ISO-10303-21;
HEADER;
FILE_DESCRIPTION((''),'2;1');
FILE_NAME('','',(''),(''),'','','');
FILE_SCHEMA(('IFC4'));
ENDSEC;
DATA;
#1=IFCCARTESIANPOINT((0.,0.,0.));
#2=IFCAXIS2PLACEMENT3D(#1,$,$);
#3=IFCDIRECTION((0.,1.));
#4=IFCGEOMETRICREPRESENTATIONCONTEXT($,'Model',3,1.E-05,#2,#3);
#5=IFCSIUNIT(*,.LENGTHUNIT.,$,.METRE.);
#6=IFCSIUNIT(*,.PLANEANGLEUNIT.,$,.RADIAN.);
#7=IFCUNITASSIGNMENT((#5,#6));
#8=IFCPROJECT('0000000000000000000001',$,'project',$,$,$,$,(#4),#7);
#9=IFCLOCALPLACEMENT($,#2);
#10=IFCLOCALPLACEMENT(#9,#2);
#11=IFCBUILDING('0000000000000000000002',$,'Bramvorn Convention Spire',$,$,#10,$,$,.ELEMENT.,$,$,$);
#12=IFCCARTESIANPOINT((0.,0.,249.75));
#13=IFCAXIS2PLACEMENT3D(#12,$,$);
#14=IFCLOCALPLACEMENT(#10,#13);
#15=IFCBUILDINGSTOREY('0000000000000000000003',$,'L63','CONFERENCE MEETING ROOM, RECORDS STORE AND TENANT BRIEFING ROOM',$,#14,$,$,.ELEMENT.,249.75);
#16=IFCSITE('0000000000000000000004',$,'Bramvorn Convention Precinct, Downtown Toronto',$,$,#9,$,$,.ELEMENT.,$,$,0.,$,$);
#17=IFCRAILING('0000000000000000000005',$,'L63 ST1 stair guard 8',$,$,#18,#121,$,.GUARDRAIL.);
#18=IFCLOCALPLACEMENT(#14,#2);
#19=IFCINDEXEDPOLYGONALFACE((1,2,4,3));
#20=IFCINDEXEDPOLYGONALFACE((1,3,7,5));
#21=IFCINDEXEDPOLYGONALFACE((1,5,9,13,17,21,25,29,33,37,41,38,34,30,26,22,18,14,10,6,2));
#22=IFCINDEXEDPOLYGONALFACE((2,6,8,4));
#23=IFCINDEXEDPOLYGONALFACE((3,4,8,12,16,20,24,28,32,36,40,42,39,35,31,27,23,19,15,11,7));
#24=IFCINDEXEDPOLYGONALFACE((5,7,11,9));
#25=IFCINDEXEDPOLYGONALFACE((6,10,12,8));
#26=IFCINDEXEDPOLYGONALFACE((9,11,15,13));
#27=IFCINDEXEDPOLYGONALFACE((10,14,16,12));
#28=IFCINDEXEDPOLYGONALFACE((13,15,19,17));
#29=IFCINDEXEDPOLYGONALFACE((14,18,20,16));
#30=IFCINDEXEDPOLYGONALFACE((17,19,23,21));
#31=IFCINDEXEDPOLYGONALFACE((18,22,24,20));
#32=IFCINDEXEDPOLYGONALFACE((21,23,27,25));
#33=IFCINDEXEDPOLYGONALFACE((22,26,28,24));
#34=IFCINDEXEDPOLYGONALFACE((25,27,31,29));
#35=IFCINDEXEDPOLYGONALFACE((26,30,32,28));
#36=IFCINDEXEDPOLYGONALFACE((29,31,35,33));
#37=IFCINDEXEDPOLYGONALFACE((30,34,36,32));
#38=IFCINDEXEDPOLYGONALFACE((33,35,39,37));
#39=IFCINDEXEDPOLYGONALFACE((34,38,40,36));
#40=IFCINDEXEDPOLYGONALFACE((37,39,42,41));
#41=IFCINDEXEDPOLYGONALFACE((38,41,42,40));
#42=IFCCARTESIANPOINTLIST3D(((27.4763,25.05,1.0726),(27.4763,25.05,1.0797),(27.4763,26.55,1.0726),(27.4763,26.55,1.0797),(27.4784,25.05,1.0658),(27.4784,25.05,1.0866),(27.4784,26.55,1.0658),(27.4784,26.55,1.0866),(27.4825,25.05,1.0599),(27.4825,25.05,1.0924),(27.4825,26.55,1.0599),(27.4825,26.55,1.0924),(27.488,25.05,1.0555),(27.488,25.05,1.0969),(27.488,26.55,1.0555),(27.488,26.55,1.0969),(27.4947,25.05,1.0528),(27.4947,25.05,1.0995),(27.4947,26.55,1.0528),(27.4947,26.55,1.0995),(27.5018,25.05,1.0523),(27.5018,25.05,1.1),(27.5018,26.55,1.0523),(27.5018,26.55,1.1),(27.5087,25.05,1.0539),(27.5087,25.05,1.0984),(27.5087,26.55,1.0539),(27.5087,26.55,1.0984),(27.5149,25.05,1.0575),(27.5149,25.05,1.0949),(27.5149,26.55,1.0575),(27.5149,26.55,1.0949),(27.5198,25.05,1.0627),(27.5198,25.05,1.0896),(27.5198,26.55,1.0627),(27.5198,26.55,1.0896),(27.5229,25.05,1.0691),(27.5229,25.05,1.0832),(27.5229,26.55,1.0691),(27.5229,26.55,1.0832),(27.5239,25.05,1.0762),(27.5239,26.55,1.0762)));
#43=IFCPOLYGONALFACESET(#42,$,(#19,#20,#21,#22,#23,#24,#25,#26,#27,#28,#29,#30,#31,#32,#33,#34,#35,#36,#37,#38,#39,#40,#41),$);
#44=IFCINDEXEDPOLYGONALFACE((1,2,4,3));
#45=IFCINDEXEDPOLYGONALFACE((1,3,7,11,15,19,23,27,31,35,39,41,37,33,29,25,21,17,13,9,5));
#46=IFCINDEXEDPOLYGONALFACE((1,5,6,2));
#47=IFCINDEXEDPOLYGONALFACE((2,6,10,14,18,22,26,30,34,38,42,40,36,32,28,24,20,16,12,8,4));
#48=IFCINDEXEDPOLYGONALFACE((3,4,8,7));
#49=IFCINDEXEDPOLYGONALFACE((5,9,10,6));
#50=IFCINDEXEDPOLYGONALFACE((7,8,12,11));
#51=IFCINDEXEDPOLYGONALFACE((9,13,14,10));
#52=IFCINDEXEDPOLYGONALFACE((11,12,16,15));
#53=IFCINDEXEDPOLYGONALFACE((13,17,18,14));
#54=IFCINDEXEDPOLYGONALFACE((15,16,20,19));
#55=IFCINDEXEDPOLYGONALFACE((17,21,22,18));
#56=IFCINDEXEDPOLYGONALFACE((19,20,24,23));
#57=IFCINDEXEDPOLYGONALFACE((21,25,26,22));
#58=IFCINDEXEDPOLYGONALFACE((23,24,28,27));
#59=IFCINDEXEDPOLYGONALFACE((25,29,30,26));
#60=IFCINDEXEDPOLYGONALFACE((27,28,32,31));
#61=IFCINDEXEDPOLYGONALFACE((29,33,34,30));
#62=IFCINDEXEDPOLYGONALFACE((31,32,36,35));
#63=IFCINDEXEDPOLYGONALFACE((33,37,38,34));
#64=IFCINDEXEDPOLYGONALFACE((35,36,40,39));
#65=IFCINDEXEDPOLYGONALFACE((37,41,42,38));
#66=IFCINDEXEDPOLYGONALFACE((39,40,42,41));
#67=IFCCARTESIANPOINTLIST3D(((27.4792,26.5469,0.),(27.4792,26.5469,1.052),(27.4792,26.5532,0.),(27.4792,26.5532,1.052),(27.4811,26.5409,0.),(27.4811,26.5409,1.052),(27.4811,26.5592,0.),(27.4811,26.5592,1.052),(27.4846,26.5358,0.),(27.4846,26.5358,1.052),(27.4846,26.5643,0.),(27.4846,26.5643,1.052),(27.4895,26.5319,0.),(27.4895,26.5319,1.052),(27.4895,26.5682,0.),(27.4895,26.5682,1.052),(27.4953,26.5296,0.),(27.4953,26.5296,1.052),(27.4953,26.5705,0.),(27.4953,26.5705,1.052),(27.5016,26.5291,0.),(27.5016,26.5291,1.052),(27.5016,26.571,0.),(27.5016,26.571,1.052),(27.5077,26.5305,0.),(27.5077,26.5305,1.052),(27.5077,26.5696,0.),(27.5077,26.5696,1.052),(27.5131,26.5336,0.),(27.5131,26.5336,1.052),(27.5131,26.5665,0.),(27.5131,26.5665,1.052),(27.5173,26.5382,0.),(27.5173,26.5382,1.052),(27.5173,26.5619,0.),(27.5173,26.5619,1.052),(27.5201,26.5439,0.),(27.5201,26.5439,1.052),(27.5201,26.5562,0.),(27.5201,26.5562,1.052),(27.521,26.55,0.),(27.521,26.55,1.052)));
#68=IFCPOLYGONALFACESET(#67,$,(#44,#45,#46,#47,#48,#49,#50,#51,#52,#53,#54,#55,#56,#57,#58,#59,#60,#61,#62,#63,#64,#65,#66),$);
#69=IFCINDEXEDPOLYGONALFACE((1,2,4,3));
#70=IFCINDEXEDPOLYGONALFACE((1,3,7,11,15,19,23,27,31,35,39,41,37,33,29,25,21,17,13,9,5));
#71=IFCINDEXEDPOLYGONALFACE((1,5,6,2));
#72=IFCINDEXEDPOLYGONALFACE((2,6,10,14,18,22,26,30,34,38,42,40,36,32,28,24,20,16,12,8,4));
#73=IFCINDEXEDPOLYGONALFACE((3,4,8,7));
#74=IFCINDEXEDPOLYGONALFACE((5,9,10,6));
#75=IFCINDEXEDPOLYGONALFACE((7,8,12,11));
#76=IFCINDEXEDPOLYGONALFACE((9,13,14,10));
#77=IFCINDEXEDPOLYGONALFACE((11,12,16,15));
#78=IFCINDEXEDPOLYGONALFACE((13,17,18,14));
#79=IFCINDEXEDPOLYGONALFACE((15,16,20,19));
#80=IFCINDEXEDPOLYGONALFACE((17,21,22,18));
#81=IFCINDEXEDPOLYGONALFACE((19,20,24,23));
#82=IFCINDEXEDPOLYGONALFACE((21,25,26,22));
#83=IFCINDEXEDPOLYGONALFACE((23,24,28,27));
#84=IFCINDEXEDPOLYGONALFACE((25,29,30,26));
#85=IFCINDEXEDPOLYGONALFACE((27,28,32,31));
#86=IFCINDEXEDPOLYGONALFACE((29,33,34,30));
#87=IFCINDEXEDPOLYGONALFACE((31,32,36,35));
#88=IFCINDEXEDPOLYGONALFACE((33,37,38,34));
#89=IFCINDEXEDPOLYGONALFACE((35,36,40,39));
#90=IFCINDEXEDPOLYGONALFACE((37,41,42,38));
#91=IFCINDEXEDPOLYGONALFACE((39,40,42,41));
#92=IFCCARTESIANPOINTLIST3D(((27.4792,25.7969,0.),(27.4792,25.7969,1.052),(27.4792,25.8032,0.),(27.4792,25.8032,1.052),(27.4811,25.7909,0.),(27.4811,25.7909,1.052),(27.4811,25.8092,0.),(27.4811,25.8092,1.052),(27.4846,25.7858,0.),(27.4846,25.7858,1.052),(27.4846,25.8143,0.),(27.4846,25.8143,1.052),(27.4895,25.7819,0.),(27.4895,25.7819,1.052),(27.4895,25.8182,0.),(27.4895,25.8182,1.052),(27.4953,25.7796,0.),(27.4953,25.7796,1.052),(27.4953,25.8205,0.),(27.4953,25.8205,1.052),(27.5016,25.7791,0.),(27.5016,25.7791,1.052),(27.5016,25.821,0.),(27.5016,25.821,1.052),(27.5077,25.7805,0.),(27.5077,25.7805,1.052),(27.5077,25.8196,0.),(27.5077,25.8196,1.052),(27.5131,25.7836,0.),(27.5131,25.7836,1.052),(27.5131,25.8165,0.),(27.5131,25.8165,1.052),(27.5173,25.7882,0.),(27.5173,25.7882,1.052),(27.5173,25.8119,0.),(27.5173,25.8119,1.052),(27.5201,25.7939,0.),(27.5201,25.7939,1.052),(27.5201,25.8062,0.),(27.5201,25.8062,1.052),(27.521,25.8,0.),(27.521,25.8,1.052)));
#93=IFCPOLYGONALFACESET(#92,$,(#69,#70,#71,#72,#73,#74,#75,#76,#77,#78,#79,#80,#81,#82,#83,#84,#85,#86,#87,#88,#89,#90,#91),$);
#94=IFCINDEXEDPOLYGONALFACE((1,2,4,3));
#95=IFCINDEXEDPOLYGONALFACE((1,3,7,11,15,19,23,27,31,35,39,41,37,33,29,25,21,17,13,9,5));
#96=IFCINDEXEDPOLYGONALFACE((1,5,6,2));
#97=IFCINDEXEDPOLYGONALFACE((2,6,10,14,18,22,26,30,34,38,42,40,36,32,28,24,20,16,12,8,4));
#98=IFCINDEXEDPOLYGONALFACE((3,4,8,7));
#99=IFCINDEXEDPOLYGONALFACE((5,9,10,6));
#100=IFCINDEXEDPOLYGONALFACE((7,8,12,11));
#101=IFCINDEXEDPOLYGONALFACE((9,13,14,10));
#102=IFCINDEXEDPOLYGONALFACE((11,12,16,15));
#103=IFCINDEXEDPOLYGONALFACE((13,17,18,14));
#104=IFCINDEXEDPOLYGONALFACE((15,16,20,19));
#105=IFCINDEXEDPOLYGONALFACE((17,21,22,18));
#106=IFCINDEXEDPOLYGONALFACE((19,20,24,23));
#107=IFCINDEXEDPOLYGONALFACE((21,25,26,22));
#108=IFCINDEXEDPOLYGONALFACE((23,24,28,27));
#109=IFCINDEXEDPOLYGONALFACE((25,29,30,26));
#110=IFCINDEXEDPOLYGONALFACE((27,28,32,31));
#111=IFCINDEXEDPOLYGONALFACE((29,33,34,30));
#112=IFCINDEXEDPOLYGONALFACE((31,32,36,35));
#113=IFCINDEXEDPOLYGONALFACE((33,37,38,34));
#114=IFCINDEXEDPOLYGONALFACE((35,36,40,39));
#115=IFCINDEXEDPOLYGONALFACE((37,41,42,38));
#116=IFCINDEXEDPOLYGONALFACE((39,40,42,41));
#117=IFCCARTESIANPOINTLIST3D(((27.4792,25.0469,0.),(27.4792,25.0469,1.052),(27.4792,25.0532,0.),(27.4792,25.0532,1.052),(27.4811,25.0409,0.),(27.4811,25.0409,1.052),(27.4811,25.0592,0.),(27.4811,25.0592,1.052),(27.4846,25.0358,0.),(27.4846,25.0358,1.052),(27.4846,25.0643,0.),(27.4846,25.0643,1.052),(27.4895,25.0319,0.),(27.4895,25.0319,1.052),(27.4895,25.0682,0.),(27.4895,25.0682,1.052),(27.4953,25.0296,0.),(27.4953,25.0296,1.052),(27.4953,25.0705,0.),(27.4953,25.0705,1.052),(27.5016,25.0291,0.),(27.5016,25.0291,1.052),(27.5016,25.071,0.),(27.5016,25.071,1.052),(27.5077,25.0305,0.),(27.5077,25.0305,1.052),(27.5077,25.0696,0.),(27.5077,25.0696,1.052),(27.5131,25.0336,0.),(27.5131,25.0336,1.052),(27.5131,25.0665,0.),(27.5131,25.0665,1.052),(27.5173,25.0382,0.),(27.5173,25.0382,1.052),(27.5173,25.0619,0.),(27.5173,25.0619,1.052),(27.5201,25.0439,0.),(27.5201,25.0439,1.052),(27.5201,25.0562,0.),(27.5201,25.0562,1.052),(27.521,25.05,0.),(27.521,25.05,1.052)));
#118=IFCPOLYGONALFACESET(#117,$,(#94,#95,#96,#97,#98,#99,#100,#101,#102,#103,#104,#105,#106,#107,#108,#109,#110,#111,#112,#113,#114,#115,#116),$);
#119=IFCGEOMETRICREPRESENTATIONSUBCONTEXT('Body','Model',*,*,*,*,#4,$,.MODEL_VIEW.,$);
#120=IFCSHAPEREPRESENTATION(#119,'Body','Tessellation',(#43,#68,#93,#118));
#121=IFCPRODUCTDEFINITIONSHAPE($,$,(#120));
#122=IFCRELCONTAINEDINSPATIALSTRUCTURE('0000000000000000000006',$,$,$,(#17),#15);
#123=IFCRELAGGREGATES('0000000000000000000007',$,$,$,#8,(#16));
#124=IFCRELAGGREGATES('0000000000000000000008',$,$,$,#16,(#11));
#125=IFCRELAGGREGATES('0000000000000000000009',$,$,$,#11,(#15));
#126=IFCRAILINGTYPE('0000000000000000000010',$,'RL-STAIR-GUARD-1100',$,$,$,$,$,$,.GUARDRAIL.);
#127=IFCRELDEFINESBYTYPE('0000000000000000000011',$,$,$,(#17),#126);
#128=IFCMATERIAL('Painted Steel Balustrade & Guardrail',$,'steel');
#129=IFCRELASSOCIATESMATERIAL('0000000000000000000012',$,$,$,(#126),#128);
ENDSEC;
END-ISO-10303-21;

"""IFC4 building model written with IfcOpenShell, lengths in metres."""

from ifc_helpers import new_model, si_unit, direction, frame, origin, origin_2d, place, context, subcontext, project, spatial, circle, extrude, material, type_object, element, save


model = new_model("IFC4")

# Units and contexts
model_context = context("Model", 3, precision=1e-05, world=origin(), true_north=direction((0.0, 1.0)))
body_context = subcontext(model_context, "Body", "Model", "MODEL_VIEW")
ifc_project = project(units=[si_unit("LENGTHUNIT", "METRE"), si_unit("PLANEANGLEUNIT", "RADIAN")], contexts=[model_context])

# Site, building, storey
site_placement = place(None, origin())
site = spatial("IfcSite", under=ifc_project, at=site_placement, Name="Bramvorn Convention Precinct, Downtown Toronto", CompositionType="ELEMENT", RefElevation=0.0)
building_placement = place(site_placement, origin())
building = spatial("IfcBuilding", under=site, at=building_placement, Name="Bramvorn Convention Spire", CompositionType="ELEMENT")
storey_placement = place(building_placement, frame((0.0, 0.0, 249.75)))
storey = spatial("IfcBuildingStorey", under=building, at=storey_placement, Name="L63", Description="CONFERENCE MEETING ROOM, RECORDS STORE AND TENANT BRIEFING ROOM", CompositionType="ELEMENT", Elevation=249.75)

# Railing
ifc_material_1 = material(Name="Painted Steel Balustrade & Guardrail", Category="steel")
railing_type_1 = type_object("IfcRailingType", Name="RL-STAIR-GUARD-1100", PredefinedType="GUARDRAIL", material=ifc_material_1)
railing_1_placement = place(storey_placement, frame((27.5, 26.55, 0.0)))
element("IfcRailing", 1, at=railing_1_placement, inside=storey, type_object=railing_type_1, Name="L63 ST1 stair guard 8", PredefinedType="GUARDRAIL", context=body_context, shape_type="SweptSolid", body=[
    extrude(circle(Radius=0.0239, at=origin_2d()), frame((0.0, 0.0, 1.0762), z_axis=(0.0, -1.0, 0.0), x_axis=(1.0, 0.0, 0.0)), (0.0, 0.0, 1.0), 1.5),
    extrude(circle(Radius=0.021, at=origin_2d()), origin(), (0.0, 0.0, 1.0), 1.052),
    extrude(circle(Radius=0.021, at=origin_2d()), frame((0.0, -0.75, 0.0)), (0.0, 0.0, 1.0), 1.052),
    extrude(circle(Radius=0.021, at=origin_2d()), frame((0.0, -1.5, 0.0)), (0.0, 0.0, 1.0), 1.052),
])

save(model, "model.ifc")
